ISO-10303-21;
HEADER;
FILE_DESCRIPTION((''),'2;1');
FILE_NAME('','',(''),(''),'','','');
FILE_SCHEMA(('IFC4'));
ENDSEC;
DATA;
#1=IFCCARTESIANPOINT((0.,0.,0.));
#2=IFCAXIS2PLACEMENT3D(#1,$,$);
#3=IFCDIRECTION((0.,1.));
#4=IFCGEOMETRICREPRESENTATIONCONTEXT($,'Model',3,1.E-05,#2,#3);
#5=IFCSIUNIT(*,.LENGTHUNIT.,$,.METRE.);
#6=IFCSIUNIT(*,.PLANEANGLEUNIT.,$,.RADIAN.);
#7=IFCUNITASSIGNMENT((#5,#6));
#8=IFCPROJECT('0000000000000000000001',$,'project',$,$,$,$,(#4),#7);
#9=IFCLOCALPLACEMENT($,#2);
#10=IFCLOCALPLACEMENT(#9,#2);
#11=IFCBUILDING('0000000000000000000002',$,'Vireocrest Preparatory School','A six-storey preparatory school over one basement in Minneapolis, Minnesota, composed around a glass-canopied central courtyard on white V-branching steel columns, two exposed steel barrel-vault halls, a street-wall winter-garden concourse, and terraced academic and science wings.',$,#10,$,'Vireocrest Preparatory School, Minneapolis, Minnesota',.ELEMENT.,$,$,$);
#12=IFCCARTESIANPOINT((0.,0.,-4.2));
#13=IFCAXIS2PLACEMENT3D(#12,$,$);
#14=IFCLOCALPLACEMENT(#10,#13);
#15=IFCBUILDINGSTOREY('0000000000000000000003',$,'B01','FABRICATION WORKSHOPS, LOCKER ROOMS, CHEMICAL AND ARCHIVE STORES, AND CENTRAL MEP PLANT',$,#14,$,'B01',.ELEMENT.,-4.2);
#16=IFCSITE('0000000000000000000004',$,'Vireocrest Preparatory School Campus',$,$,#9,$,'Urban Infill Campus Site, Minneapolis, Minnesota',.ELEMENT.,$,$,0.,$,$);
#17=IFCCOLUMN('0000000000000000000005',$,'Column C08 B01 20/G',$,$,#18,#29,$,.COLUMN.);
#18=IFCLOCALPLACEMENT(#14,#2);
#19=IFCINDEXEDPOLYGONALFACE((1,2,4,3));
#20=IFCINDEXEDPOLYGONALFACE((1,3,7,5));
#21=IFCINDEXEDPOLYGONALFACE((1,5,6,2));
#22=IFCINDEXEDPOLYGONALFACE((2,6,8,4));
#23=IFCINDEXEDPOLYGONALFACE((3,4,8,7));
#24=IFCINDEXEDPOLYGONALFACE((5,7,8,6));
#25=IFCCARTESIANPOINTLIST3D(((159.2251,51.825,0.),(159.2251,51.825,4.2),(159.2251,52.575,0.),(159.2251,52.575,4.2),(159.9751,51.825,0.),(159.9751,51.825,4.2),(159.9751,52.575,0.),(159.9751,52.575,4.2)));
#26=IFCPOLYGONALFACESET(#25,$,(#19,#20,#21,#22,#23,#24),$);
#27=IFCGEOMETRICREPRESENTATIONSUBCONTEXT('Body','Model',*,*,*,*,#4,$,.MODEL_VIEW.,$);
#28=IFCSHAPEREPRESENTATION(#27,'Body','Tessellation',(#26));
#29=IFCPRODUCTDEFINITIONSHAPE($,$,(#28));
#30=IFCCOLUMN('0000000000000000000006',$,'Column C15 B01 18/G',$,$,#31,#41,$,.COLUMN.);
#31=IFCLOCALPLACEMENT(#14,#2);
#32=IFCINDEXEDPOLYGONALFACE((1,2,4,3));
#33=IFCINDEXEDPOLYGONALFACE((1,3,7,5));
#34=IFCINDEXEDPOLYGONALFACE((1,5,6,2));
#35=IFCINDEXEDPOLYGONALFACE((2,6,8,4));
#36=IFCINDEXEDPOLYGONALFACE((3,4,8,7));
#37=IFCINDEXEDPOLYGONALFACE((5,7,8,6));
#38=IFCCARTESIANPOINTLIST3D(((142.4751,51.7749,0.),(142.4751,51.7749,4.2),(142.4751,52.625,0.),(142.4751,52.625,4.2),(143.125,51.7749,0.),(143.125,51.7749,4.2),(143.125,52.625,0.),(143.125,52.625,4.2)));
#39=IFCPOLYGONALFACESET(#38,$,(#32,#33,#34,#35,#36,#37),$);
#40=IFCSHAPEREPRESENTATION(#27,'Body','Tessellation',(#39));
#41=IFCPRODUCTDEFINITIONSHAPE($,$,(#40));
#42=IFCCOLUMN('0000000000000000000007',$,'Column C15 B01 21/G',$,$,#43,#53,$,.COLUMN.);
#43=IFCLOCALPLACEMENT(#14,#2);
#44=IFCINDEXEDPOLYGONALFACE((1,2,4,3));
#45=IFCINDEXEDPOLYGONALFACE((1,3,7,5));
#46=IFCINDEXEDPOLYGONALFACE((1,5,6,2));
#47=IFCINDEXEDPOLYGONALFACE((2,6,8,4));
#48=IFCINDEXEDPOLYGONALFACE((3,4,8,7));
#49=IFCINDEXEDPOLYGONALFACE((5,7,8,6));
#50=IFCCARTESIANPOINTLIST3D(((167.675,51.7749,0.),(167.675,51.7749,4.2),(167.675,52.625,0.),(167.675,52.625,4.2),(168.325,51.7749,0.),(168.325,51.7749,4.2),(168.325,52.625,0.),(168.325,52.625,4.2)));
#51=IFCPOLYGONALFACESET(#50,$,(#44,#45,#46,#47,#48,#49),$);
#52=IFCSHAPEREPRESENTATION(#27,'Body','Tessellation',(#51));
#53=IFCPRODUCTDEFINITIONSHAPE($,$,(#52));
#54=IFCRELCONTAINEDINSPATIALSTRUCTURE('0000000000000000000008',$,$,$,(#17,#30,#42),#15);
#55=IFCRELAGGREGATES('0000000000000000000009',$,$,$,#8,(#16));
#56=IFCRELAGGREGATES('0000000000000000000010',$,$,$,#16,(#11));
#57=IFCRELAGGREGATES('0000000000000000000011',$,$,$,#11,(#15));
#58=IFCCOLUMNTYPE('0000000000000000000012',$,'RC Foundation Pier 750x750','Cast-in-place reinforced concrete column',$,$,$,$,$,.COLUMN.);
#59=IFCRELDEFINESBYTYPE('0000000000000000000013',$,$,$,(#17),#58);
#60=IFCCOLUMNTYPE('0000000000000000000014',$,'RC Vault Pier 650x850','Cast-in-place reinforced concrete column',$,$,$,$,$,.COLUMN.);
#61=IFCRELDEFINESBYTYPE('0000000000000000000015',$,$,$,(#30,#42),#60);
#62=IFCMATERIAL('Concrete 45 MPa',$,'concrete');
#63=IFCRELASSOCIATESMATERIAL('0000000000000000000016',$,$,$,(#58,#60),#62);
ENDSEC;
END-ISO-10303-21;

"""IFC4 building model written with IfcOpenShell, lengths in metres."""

from ifc_helpers import new_model, si_unit, direction, frame, origin, origin_2d, place, context, subcontext, project, spatial, rectangle, extrude, material, material_profile, profile_set, type_object, element, save


model = new_model("IFC4")

# Units and contexts
model_context = context("Model", 3, precision=1e-05, world=origin(), true_north=direction((0.0, 1.0)))
body_context = subcontext(model_context, "Body", "Model", "MODEL_VIEW")
ifc_project = project(units=[si_unit("LENGTHUNIT", "METRE"), si_unit("PLANEANGLEUNIT", "RADIAN")], contexts=[model_context])

# Site, building, storey
site_placement = place(None, origin())
site = spatial("IfcSite", under=ifc_project, at=site_placement, Name="Vireocrest Preparatory School Campus", LongName="Urban Infill Campus Site, Minneapolis, Minnesota", CompositionType="ELEMENT", RefElevation=0.0)
building_placement = place(site_placement, origin())
building = spatial("IfcBuilding", under=site, at=building_placement, Name="Vireocrest Preparatory School", Description="A six-storey preparatory school over one basement in Minneapolis, Minnesota, composed around a glass-canopied central courtyard on white V-branching steel columns, two exposed steel barrel-vault halls, a street-wall winter-garden concourse, and terraced academic and science wings.", LongName="Vireocrest Preparatory School, Minneapolis, Minnesota", CompositionType="ELEMENT")
storey_placement = place(building_placement, frame((0.0, 0.0, -4.2)))
storey = spatial("IfcBuildingStorey", under=building, at=storey_placement, Name="B01", Description="FABRICATION WORKSHOPS, LOCKER ROOMS, CHEMICAL AND ARCHIVE STORES, AND CENTRAL MEP PLANT", LongName="B01", CompositionType="ELEMENT", Elevation=-4.2)

# Columns
ifc_material_1 = material(Name="Concrete 45 MPa", Category="concrete")
ifc_material_profile_1 = material_profile(ifc_material_1, rectangle(XDim=0.75, YDim=0.75, at=origin_2d()), Name="RC 750x750")
ifc_profile_set_1 = profile_set([ifc_material_profile_1], Name="Concrete 45 MPa")
column_type_1 = type_object("IfcColumnType", Name="RC Foundation Pier 750x750", Description="Cast-in-place reinforced concrete column", PredefinedType="COLUMN", material=ifc_profile_set_1)
for number, where, z_axis, x_axis, name in (
    (1, (159.6001, 52.2, 0.0), (0.0, 0.0, 1.0), (1.0, 0.0, 0.0), "Column C08 B01 20/G"),
):
    element("IfcColumn", number, at=place(storey_placement, frame(where, z_axis=z_axis, x_axis=x_axis)), inside=storey, type_object=column_type_1, Name=name, PredefinedType="COLUMN", context=body_context, shape_type="SweptSolid", body=[
        extrude(rectangle(XDim=0.75, YDim=0.75, at=origin_2d()), origin(), (0.0, 0.0, 1.0), 4.2),
    ])
ifc_material_profile_2 = material_profile(ifc_material_1, rectangle(XDim=0.6499, YDim=0.8501, at=origin_2d()), Name="RC 650x850")
ifc_profile_set_2 = profile_set([ifc_material_profile_2], Name="Concrete 45 MPa")
column_type_2 = type_object("IfcColumnType", Name="RC Vault Pier 650x850", Description="Cast-in-place reinforced concrete column", PredefinedType="COLUMN", material=ifc_profile_set_2)
for number, where, z_axis, x_axis, name in (
    (2, (142.8, 52.2, 0.0), (0.0, 0.0, 1.0), (1.0, 0.0, 0.0), "Column C15 B01 18/G"),
    (3, (168.0, 52.2, 0.0), (0.0, 0.0, 1.0), (1.0, 0.0, 0.0), "Column C15 B01 21/G"),
):
    element("IfcColumn", number, at=place(storey_placement, frame(where, z_axis=z_axis, x_axis=x_axis)), inside=storey, type_object=column_type_2, Name=name, PredefinedType="COLUMN", context=body_context, shape_type="SweptSolid", body=[
        extrude(rectangle(XDim=0.6499, YDim=0.8501, at=origin_2d()), origin(), (0.0, 0.0, 1.0), 4.2),
    ])

save(model, "model.ifc")
